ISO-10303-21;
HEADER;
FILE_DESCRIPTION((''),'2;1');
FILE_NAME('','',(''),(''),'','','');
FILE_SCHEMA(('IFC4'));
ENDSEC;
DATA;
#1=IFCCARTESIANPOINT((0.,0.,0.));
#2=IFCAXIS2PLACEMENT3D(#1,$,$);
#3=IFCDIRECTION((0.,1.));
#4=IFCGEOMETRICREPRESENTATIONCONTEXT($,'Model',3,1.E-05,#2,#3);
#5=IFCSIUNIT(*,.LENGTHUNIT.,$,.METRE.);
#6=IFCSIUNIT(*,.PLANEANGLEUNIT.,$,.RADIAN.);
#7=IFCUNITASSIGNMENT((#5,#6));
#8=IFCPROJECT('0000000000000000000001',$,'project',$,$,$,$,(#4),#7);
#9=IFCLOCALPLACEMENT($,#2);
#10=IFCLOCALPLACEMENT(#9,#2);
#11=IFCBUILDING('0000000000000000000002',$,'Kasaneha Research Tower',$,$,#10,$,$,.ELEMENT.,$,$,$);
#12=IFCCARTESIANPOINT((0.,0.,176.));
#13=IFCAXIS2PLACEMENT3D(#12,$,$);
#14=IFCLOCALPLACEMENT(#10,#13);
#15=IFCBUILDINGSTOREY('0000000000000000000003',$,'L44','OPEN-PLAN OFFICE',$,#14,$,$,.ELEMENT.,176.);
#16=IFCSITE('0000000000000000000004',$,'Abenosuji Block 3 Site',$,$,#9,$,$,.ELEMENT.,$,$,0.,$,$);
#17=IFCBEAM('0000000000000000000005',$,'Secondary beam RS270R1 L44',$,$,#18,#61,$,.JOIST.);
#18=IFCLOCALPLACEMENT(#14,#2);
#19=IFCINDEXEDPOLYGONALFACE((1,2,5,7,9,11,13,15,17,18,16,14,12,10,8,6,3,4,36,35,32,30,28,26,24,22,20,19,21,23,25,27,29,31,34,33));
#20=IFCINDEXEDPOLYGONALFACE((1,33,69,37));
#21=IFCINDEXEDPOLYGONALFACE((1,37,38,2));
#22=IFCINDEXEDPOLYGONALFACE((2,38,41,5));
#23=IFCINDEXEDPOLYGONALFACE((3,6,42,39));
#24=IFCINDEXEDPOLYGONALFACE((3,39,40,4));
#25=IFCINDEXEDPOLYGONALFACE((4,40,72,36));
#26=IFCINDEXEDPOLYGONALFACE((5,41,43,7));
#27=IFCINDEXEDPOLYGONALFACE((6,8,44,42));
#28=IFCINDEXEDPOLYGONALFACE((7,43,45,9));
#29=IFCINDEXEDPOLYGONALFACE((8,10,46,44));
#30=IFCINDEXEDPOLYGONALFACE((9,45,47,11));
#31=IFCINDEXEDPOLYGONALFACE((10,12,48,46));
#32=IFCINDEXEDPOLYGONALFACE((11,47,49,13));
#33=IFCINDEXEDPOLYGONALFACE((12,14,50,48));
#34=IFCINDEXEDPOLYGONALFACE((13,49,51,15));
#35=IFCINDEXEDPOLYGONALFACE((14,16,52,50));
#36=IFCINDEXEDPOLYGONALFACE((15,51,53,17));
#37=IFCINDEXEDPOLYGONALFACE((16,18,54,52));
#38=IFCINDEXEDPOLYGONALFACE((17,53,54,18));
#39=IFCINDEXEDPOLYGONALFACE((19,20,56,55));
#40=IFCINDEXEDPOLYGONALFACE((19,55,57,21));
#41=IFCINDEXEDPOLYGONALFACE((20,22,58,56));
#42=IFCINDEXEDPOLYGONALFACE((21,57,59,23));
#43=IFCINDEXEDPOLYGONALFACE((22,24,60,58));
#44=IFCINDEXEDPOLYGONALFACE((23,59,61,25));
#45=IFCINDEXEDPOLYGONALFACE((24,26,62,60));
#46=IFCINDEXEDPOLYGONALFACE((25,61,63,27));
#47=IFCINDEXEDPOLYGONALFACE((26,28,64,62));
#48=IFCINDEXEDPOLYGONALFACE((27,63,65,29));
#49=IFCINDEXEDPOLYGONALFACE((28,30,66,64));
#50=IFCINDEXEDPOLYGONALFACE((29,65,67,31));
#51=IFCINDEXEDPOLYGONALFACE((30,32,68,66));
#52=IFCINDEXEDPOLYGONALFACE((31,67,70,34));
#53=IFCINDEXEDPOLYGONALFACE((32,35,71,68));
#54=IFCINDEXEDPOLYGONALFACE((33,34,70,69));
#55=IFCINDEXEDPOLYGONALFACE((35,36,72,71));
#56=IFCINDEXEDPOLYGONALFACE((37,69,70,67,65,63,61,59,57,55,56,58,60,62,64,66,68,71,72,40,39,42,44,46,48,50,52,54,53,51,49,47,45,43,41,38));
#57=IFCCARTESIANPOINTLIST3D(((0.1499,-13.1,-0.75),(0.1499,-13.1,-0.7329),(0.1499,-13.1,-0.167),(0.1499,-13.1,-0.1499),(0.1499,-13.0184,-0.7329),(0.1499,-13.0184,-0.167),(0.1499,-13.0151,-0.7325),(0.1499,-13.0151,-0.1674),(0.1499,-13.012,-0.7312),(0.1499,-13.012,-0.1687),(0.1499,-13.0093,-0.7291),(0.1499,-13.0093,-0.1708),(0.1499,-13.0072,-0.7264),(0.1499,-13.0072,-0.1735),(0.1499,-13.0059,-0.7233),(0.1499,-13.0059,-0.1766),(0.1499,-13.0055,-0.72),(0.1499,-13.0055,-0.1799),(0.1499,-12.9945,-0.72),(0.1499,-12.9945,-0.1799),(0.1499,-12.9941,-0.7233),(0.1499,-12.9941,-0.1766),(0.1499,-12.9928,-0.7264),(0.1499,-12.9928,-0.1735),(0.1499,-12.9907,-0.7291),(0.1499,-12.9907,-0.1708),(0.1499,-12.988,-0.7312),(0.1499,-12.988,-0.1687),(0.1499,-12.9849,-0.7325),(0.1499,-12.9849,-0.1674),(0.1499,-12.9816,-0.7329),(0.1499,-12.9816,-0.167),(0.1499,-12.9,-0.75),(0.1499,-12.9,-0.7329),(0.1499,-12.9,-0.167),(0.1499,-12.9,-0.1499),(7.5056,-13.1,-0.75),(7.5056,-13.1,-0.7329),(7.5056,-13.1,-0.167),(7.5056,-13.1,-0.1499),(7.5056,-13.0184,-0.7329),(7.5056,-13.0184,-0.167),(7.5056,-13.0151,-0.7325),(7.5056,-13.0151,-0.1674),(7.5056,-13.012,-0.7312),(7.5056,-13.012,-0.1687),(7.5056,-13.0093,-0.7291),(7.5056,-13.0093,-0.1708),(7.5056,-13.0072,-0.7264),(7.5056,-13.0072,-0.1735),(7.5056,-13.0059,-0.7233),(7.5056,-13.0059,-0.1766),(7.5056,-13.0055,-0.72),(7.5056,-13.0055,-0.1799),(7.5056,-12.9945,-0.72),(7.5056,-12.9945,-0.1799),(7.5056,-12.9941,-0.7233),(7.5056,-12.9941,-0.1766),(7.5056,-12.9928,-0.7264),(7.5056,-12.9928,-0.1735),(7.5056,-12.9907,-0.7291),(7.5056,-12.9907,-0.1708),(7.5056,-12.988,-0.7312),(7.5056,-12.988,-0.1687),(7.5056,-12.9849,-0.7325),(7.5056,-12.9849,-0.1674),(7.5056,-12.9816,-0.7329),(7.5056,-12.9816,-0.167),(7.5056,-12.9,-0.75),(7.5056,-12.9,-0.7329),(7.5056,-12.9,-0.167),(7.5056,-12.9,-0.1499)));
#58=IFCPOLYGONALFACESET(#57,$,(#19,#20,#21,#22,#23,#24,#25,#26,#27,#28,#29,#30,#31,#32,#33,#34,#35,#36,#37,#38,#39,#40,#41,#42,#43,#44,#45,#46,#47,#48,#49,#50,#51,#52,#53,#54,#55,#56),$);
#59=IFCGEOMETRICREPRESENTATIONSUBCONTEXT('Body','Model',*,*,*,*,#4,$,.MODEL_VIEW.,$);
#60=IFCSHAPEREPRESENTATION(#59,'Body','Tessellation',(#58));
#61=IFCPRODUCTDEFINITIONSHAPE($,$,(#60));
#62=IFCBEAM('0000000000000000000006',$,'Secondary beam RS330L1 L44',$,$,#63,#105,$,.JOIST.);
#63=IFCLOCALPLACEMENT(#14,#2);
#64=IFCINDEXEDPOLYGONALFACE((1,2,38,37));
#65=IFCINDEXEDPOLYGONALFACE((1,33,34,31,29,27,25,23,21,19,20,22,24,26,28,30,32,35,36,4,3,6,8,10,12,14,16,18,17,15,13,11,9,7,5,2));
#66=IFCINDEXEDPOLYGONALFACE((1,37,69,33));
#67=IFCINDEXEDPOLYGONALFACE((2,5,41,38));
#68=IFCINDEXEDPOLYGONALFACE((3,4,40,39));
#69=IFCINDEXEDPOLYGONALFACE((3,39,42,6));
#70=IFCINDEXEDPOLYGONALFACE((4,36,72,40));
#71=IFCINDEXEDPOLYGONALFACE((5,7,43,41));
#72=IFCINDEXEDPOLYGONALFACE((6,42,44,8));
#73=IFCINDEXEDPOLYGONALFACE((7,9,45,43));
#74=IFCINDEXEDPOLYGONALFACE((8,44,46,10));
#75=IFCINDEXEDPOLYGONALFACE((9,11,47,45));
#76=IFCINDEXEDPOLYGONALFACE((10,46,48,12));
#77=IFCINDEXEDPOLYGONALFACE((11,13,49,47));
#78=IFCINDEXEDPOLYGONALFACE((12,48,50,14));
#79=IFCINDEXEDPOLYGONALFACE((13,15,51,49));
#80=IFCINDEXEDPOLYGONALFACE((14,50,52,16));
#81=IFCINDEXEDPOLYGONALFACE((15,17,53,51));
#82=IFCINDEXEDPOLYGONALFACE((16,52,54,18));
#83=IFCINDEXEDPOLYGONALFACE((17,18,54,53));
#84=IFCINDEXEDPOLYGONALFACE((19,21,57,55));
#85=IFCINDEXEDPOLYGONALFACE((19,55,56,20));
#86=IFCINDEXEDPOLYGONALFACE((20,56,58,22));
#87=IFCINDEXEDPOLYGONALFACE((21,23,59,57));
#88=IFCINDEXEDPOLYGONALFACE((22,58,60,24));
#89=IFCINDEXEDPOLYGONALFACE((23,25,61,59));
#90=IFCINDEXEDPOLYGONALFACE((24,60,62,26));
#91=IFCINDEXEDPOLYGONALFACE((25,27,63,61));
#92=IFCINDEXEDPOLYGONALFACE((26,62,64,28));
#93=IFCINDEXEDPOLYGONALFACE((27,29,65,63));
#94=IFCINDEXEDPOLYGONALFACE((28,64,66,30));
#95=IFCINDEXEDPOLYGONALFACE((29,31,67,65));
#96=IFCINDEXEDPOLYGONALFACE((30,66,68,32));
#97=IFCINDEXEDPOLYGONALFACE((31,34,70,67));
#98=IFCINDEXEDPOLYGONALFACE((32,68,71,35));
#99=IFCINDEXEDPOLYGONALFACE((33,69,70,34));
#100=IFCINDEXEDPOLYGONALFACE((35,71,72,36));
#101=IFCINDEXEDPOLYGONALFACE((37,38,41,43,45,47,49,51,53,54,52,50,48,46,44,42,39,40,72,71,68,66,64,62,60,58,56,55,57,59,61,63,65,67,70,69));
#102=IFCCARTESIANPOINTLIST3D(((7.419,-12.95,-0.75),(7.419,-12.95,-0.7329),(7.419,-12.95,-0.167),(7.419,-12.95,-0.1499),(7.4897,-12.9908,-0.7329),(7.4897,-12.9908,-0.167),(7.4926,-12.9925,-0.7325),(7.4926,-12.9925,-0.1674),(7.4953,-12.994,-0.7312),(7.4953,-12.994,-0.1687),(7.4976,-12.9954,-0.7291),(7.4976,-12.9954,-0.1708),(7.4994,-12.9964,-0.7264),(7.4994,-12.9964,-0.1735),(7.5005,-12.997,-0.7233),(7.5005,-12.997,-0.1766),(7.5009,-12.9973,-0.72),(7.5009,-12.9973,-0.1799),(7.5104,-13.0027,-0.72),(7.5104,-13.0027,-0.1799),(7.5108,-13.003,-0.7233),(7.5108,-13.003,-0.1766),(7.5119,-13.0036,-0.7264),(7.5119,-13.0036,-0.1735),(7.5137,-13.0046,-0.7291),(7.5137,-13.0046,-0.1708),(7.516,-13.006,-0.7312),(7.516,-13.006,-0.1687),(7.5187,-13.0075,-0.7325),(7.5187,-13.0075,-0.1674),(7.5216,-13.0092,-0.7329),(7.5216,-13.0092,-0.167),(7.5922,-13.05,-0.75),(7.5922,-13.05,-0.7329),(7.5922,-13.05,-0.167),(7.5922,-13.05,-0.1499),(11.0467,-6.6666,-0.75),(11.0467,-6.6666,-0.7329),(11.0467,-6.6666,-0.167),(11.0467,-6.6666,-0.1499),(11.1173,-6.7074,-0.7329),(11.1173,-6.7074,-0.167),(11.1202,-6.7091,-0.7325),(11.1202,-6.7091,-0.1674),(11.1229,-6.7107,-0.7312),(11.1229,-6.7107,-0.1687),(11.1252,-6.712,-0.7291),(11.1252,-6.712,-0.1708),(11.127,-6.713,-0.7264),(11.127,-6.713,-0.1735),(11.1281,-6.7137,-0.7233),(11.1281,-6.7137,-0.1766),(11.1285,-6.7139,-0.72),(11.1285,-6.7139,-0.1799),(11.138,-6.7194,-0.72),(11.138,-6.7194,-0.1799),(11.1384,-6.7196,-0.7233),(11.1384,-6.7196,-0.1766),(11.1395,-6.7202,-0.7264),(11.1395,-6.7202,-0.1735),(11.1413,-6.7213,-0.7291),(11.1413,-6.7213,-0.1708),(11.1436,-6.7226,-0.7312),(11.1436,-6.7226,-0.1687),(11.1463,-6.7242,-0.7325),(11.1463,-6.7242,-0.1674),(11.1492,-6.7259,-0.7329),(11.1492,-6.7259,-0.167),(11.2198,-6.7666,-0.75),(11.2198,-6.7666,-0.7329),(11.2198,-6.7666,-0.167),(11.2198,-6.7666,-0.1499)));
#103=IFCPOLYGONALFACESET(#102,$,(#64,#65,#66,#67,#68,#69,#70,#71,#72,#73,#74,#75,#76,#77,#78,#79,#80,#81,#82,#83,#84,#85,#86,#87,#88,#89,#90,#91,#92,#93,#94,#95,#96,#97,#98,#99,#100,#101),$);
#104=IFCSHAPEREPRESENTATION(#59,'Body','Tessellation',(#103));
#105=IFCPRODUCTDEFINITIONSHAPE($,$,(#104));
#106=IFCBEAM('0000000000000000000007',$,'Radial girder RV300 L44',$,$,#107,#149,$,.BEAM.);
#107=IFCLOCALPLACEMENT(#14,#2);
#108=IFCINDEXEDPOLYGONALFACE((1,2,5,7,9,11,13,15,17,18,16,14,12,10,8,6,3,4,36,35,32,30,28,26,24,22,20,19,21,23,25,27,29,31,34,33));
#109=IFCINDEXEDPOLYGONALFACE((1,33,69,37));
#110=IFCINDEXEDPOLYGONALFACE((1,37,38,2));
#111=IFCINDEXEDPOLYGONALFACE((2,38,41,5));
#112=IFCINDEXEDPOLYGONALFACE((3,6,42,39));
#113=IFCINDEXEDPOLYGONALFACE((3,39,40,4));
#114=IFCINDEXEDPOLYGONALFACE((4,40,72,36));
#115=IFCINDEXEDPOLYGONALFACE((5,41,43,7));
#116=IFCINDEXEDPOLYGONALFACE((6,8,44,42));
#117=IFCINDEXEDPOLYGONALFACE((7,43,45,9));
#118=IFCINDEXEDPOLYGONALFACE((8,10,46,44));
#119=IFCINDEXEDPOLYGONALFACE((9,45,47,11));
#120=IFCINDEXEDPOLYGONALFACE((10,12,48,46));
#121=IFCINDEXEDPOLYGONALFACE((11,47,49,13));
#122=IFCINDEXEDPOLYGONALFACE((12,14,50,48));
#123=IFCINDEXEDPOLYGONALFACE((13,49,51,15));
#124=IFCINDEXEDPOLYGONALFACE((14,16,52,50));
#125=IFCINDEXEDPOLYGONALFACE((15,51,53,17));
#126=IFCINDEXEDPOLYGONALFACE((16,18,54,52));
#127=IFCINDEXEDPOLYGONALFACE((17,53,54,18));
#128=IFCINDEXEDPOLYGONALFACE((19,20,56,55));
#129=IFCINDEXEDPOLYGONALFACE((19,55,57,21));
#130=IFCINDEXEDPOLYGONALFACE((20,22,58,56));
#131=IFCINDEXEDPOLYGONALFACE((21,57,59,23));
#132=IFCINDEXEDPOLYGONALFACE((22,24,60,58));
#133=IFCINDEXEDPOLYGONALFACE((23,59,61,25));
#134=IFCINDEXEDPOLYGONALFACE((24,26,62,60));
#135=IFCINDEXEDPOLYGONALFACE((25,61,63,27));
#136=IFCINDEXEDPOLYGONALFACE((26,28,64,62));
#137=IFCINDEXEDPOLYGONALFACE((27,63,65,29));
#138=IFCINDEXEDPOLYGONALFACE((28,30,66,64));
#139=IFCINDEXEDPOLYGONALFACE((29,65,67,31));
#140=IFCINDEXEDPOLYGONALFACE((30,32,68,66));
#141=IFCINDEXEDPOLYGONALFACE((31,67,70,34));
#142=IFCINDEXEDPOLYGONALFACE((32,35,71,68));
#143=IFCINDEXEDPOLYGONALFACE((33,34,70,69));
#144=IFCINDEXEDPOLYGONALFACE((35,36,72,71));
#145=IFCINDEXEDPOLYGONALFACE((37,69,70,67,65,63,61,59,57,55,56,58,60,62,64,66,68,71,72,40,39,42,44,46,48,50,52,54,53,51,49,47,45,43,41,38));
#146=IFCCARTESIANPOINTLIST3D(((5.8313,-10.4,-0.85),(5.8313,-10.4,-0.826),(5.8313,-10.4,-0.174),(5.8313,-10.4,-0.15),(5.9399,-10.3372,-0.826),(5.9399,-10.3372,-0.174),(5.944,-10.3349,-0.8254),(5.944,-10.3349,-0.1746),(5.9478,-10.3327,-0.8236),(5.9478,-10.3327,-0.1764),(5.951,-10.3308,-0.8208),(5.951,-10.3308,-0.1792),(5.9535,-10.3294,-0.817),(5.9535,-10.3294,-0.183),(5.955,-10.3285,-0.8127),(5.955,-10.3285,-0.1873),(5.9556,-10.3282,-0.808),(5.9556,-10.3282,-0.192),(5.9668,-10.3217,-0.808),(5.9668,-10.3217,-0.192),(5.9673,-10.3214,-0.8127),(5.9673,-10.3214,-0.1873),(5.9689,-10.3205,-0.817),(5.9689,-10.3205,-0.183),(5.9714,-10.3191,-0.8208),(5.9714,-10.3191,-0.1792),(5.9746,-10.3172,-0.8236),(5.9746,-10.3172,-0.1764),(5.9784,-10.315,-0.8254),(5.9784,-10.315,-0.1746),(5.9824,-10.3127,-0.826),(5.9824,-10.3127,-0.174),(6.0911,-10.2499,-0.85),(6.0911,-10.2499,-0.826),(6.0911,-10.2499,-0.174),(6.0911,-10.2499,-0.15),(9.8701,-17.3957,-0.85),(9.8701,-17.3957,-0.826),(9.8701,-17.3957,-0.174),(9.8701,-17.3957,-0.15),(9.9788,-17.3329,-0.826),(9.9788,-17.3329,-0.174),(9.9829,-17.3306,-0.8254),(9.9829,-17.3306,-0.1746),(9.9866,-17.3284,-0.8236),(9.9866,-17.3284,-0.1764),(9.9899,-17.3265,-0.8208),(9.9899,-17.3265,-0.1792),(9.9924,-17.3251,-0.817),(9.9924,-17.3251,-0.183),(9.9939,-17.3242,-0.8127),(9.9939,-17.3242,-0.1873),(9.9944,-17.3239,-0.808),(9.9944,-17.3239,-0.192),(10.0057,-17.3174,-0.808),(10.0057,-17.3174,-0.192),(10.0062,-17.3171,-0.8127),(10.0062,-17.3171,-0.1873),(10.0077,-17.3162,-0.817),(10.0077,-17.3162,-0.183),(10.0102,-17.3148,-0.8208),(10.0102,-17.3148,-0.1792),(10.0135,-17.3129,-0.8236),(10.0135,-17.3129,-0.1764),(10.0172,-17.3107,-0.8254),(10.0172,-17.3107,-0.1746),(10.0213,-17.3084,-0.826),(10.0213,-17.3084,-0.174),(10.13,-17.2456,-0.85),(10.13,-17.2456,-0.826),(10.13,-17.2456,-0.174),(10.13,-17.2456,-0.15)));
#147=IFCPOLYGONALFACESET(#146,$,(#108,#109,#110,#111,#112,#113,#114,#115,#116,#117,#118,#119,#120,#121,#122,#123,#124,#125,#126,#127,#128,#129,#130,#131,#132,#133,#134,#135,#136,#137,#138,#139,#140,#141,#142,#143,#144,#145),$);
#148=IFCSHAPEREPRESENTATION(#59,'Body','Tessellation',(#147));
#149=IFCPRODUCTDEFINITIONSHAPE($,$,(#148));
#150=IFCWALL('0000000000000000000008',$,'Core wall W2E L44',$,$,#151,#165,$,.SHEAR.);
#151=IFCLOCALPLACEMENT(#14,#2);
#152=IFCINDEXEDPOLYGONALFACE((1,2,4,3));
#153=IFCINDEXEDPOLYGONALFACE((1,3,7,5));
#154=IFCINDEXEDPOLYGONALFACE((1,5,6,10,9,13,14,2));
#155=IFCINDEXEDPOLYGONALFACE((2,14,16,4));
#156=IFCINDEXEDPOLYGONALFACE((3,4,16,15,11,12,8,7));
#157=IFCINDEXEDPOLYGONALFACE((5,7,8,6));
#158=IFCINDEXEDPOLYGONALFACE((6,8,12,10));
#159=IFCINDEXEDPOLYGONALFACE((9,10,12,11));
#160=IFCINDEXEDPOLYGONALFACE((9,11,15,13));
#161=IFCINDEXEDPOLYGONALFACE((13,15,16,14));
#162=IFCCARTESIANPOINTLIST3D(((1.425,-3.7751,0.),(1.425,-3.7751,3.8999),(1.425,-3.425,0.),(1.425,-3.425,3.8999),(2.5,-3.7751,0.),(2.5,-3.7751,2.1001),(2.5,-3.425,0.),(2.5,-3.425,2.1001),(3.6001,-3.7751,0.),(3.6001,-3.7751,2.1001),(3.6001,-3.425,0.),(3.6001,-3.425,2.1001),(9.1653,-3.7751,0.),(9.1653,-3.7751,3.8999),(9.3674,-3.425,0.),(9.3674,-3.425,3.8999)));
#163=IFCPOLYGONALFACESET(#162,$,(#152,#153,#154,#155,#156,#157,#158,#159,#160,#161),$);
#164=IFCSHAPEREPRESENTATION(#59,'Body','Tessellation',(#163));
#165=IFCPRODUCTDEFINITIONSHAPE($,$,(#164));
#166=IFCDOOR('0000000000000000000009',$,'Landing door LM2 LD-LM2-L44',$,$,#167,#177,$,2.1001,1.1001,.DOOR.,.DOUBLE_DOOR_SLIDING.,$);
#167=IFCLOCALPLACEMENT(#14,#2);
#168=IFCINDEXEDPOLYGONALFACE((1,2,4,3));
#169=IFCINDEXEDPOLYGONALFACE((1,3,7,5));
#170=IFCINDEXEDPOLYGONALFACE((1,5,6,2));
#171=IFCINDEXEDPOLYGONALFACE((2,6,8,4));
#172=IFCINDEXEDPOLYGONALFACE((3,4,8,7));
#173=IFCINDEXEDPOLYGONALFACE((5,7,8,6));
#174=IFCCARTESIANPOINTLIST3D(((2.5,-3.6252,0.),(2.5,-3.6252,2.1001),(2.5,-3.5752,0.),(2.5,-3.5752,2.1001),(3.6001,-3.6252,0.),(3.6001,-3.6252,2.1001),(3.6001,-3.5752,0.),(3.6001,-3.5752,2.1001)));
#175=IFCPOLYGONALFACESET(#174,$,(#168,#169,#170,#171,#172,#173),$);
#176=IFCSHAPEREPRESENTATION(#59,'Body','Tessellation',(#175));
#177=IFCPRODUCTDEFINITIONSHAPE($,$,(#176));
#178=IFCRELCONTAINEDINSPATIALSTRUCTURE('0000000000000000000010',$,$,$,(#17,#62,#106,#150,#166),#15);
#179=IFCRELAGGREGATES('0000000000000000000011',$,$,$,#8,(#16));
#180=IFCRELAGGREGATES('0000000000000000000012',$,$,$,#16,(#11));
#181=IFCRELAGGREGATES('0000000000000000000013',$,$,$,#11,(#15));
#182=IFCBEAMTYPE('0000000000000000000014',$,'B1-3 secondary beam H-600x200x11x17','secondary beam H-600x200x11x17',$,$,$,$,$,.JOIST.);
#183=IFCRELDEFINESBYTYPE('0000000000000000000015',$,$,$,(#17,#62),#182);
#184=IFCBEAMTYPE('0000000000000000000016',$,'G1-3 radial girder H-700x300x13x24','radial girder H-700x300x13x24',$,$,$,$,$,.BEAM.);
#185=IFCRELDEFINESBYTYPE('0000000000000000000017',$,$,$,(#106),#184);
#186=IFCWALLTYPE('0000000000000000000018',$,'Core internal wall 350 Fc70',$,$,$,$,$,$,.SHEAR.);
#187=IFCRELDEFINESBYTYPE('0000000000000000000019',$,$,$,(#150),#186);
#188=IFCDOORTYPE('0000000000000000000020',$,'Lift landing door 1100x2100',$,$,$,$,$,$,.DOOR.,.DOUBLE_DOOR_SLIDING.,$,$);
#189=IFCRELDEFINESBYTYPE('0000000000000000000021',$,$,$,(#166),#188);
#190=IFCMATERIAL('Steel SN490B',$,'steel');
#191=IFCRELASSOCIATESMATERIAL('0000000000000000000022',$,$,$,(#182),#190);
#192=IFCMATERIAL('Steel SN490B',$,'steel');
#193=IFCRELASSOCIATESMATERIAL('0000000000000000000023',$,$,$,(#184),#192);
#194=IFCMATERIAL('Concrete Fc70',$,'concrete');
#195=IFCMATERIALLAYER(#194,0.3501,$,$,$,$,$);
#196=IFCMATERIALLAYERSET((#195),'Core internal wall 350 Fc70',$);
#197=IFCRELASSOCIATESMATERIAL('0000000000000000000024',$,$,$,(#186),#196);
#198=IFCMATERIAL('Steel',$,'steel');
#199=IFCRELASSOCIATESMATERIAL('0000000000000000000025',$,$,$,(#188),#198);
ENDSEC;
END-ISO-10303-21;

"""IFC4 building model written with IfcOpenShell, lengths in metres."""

from ifc_helpers import new_model, si_unit, direction, frame, frame_2d, origin, origin_2d, place, context, subcontext, project, spatial, polyline, rectangle, i_section, outline, extrude, material, layer, layer_set, material_profile, profile_set, type_object, element, fill, save


model = new_model("IFC4")

# Units and contexts
model_context = context("Model", 3, precision=1e-05, world=origin(), true_north=direction((0.0, 1.0)))
body_context = subcontext(model_context, "Body", "Model", "MODEL_VIEW")
ifc_project = project(units=[si_unit("LENGTHUNIT", "METRE"), si_unit("PLANEANGLEUNIT", "RADIAN")], contexts=[model_context])

# Site, building, storey
site_placement = place(None, origin())
site = spatial("IfcSite", under=ifc_project, at=site_placement, Name="Abenosuji Block 3 Site", CompositionType="ELEMENT", RefElevation=0.0)
building_placement = place(site_placement, origin())
building = spatial("IfcBuilding", under=site, at=building_placement, Name="Kasaneha Research Tower", CompositionType="ELEMENT")
storey_placement = place(building_placement, frame((0.0, 0.0, 176.0)))
storey = spatial("IfcBuildingStorey", under=building, at=storey_placement, Name="L44", Description="OPEN-PLAN OFFICE", CompositionType="ELEMENT", Elevation=176.0)

# Beams
ifc_material_1 = material(Name="Steel SN490B", Category="steel")
ifc_material_profile_1 = material_profile(ifc_material_1, i_section(OverallWidth=0.2, OverallDepth=0.6001, WebThickness=0.011, FlangeThickness=0.0171, FilletRadius=0.0129, at=origin_2d()), Name="H-600x200x11x17")
ifc_profile_set_1 = profile_set([ifc_material_profile_1], Name="Steel SN490B")
beam_type_1 = type_object("IfcBeamType", Name="B1-3 secondary beam H-600x200x11x17", Description="secondary beam H-600x200x11x17", PredefinedType="JOIST", material=ifc_profile_set_1)
beam_1_placement = place(storey_placement, frame((7.5056, -13.0, -0.45), z_axis=(-1.0, 0.0, 0.0), x_axis=(0.0, -1.0, 0.0)))
element("IfcBeam", 1, at=beam_1_placement, inside=storey, type_object=beam_type_1, Name="Secondary beam RS270R1 L44", PredefinedType="JOIST", context=body_context, shape_type="SweptSolid", body=[
    extrude(i_section(OverallWidth=0.2, OverallDepth=0.6001, WebThickness=0.011, FlangeThickness=0.0171, FilletRadius=0.0129, at=origin_2d()), origin(), (0.0, 0.0, 1.0), 7.3557),
])
beam_2_placement = place(storey_placement, frame((7.5056, -13.0, -0.45), z_axis=(0.499993, 0.866029, 0.0), x_axis=(-0.866029, 0.499993, 0.0)))
element("IfcBeam", 2, at=beam_2_placement, inside=storey, type_object=beam_type_1, Name="Secondary beam RS330L1 L44", PredefinedType="JOIST", context=body_context, shape_type="SweptSolid", body=[
    extrude(i_section(OverallWidth=0.2, OverallDepth=0.6001, WebThickness=0.011, FlangeThickness=0.0171, FilletRadius=0.0129, at=origin_2d()), origin(), (0.0, 0.0, 1.0), 7.2554),
])
ifc_material_2 = material(Name="Steel SN490B", Category="steel")
ifc_material_profile_2 = material_profile(ifc_material_2, i_section(OverallWidth=0.3, OverallDepth=0.7, WebThickness=0.0129, FlangeThickness=0.0239, FilletRadius=0.0181, at=origin_2d()), Name="H-700x300x13x24")
ifc_profile_set_2 = profile_set([ifc_material_profile_2], Name="Steel SN490B")
beam_type_2 = type_object("IfcBeamType", Name="G1-3 radial girder H-700x300x13x24", Description="radial girder H-700x300x13x24", PredefinedType="BEAM", material=ifc_profile_set_2)
beam_3_placement = place(storey_placement, frame((5.9612, -10.325, -0.5), z_axis=(0.499991, -0.866031, 0.0), x_axis=(0.866031, 0.499991, 0.0)))
element("IfcBeam", 3, at=beam_3_placement, inside=storey, type_object=beam_type_2, Name="Radial girder RV300 L44", PredefinedType="BEAM", context=body_context, shape_type="SweptSolid", body=[
    extrude(i_section(OverallWidth=0.3, OverallDepth=0.7, WebThickness=0.0129, FlangeThickness=0.0239, FilletRadius=0.0181, at=origin_2d()), origin(), (0.0, 0.0, 1.0), 8.0779),
])

# Wall, opening, door
ifc_material_3 = material(Name="Concrete Fc70", Category="concrete")
ifc_layer_1 = layer(ifc_material_3, 0.3501)
ifc_layer_set_1 = layer_set([ifc_layer_1], Name="Core internal wall 350 Fc70")
wall_type_1 = type_object("IfcWallType", Name="Core internal wall 350 Fc70", PredefinedType="SHEAR", material=ifc_layer_set_1)
wall_1_placement = place(storey_placement, frame((1.425, -3.6001, 0.0), z_axis=(0.0, 0.0, 1.0), x_axis=(1.0, 0.0, 0.0)))
wall_1 = element("IfcWall", 4, at=wall_1_placement, inside=storey, type_object=wall_type_1, Name="Core wall W2E L44", PredefinedType="SHEAR", context=body_context, shape_type="SweptSolid", body=[
    extrude(outline(polyline([(0.0, -0.175), (1.075, -0.175), (2.175, -0.175), (7.7402, -0.175), (7.9424, 0.175), (2.175, 0.175), (1.075, 0.175), (0.0, 0.175), (0.0, -0.175)])), origin(), (0.0, 0.0, 1.0), 3.8999),
])
opening_1_placement = place(wall_1_placement, frame((1.075, 0.0, 0.0)))
opening_1 = element("IfcOpeningElement", 5, at=opening_1_placement, cuts=wall_1, PredefinedType="OPENING", context=body_context, shape_type="SweptSolid", body=[
    extrude(rectangle(XDim=1.1001, YDim=2.1001, at=frame_2d((0.55, 1.05))), frame((0.0, 0.1851, 0.0), z_axis=(0.0, -1.0, 0.0), x_axis=(1.0, 0.0, 0.0)), (0.0, 0.0, 1.0), 0.3701),
])
ifc_material_4 = material(Name="Steel", Category="steel")
door_type_1 = type_object("IfcDoorType", Name="Lift landing door 1100x2100", OperationType="DOUBLE_DOOR_SLIDING", PredefinedType="DOOR", material=ifc_material_4)
door_1_placement = place(opening_1_placement, origin())
door_1 = element("IfcDoor", 6, at=door_1_placement, inside=storey, type_object=door_type_1, Name="Landing door LM2 LD-LM2-L44", OperationType="DOUBLE_DOOR_SLIDING", OverallHeight=2.1001, OverallWidth=1.1001, PredefinedType="DOOR", context=body_context, shape_type="SweptSolid", body=[
    extrude(rectangle(XDim=1.1001, YDim=2.1001, at=frame_2d((0.55, 1.05))), frame((0.0, 0.0249, 0.0), z_axis=(0.0, -1.0, 0.0), x_axis=(1.0, 0.0, 0.0)), (0.0, 0.0, 1.0), 0.05),
])
fill(opening_1, door_1)

save(model, "model.ifc")
